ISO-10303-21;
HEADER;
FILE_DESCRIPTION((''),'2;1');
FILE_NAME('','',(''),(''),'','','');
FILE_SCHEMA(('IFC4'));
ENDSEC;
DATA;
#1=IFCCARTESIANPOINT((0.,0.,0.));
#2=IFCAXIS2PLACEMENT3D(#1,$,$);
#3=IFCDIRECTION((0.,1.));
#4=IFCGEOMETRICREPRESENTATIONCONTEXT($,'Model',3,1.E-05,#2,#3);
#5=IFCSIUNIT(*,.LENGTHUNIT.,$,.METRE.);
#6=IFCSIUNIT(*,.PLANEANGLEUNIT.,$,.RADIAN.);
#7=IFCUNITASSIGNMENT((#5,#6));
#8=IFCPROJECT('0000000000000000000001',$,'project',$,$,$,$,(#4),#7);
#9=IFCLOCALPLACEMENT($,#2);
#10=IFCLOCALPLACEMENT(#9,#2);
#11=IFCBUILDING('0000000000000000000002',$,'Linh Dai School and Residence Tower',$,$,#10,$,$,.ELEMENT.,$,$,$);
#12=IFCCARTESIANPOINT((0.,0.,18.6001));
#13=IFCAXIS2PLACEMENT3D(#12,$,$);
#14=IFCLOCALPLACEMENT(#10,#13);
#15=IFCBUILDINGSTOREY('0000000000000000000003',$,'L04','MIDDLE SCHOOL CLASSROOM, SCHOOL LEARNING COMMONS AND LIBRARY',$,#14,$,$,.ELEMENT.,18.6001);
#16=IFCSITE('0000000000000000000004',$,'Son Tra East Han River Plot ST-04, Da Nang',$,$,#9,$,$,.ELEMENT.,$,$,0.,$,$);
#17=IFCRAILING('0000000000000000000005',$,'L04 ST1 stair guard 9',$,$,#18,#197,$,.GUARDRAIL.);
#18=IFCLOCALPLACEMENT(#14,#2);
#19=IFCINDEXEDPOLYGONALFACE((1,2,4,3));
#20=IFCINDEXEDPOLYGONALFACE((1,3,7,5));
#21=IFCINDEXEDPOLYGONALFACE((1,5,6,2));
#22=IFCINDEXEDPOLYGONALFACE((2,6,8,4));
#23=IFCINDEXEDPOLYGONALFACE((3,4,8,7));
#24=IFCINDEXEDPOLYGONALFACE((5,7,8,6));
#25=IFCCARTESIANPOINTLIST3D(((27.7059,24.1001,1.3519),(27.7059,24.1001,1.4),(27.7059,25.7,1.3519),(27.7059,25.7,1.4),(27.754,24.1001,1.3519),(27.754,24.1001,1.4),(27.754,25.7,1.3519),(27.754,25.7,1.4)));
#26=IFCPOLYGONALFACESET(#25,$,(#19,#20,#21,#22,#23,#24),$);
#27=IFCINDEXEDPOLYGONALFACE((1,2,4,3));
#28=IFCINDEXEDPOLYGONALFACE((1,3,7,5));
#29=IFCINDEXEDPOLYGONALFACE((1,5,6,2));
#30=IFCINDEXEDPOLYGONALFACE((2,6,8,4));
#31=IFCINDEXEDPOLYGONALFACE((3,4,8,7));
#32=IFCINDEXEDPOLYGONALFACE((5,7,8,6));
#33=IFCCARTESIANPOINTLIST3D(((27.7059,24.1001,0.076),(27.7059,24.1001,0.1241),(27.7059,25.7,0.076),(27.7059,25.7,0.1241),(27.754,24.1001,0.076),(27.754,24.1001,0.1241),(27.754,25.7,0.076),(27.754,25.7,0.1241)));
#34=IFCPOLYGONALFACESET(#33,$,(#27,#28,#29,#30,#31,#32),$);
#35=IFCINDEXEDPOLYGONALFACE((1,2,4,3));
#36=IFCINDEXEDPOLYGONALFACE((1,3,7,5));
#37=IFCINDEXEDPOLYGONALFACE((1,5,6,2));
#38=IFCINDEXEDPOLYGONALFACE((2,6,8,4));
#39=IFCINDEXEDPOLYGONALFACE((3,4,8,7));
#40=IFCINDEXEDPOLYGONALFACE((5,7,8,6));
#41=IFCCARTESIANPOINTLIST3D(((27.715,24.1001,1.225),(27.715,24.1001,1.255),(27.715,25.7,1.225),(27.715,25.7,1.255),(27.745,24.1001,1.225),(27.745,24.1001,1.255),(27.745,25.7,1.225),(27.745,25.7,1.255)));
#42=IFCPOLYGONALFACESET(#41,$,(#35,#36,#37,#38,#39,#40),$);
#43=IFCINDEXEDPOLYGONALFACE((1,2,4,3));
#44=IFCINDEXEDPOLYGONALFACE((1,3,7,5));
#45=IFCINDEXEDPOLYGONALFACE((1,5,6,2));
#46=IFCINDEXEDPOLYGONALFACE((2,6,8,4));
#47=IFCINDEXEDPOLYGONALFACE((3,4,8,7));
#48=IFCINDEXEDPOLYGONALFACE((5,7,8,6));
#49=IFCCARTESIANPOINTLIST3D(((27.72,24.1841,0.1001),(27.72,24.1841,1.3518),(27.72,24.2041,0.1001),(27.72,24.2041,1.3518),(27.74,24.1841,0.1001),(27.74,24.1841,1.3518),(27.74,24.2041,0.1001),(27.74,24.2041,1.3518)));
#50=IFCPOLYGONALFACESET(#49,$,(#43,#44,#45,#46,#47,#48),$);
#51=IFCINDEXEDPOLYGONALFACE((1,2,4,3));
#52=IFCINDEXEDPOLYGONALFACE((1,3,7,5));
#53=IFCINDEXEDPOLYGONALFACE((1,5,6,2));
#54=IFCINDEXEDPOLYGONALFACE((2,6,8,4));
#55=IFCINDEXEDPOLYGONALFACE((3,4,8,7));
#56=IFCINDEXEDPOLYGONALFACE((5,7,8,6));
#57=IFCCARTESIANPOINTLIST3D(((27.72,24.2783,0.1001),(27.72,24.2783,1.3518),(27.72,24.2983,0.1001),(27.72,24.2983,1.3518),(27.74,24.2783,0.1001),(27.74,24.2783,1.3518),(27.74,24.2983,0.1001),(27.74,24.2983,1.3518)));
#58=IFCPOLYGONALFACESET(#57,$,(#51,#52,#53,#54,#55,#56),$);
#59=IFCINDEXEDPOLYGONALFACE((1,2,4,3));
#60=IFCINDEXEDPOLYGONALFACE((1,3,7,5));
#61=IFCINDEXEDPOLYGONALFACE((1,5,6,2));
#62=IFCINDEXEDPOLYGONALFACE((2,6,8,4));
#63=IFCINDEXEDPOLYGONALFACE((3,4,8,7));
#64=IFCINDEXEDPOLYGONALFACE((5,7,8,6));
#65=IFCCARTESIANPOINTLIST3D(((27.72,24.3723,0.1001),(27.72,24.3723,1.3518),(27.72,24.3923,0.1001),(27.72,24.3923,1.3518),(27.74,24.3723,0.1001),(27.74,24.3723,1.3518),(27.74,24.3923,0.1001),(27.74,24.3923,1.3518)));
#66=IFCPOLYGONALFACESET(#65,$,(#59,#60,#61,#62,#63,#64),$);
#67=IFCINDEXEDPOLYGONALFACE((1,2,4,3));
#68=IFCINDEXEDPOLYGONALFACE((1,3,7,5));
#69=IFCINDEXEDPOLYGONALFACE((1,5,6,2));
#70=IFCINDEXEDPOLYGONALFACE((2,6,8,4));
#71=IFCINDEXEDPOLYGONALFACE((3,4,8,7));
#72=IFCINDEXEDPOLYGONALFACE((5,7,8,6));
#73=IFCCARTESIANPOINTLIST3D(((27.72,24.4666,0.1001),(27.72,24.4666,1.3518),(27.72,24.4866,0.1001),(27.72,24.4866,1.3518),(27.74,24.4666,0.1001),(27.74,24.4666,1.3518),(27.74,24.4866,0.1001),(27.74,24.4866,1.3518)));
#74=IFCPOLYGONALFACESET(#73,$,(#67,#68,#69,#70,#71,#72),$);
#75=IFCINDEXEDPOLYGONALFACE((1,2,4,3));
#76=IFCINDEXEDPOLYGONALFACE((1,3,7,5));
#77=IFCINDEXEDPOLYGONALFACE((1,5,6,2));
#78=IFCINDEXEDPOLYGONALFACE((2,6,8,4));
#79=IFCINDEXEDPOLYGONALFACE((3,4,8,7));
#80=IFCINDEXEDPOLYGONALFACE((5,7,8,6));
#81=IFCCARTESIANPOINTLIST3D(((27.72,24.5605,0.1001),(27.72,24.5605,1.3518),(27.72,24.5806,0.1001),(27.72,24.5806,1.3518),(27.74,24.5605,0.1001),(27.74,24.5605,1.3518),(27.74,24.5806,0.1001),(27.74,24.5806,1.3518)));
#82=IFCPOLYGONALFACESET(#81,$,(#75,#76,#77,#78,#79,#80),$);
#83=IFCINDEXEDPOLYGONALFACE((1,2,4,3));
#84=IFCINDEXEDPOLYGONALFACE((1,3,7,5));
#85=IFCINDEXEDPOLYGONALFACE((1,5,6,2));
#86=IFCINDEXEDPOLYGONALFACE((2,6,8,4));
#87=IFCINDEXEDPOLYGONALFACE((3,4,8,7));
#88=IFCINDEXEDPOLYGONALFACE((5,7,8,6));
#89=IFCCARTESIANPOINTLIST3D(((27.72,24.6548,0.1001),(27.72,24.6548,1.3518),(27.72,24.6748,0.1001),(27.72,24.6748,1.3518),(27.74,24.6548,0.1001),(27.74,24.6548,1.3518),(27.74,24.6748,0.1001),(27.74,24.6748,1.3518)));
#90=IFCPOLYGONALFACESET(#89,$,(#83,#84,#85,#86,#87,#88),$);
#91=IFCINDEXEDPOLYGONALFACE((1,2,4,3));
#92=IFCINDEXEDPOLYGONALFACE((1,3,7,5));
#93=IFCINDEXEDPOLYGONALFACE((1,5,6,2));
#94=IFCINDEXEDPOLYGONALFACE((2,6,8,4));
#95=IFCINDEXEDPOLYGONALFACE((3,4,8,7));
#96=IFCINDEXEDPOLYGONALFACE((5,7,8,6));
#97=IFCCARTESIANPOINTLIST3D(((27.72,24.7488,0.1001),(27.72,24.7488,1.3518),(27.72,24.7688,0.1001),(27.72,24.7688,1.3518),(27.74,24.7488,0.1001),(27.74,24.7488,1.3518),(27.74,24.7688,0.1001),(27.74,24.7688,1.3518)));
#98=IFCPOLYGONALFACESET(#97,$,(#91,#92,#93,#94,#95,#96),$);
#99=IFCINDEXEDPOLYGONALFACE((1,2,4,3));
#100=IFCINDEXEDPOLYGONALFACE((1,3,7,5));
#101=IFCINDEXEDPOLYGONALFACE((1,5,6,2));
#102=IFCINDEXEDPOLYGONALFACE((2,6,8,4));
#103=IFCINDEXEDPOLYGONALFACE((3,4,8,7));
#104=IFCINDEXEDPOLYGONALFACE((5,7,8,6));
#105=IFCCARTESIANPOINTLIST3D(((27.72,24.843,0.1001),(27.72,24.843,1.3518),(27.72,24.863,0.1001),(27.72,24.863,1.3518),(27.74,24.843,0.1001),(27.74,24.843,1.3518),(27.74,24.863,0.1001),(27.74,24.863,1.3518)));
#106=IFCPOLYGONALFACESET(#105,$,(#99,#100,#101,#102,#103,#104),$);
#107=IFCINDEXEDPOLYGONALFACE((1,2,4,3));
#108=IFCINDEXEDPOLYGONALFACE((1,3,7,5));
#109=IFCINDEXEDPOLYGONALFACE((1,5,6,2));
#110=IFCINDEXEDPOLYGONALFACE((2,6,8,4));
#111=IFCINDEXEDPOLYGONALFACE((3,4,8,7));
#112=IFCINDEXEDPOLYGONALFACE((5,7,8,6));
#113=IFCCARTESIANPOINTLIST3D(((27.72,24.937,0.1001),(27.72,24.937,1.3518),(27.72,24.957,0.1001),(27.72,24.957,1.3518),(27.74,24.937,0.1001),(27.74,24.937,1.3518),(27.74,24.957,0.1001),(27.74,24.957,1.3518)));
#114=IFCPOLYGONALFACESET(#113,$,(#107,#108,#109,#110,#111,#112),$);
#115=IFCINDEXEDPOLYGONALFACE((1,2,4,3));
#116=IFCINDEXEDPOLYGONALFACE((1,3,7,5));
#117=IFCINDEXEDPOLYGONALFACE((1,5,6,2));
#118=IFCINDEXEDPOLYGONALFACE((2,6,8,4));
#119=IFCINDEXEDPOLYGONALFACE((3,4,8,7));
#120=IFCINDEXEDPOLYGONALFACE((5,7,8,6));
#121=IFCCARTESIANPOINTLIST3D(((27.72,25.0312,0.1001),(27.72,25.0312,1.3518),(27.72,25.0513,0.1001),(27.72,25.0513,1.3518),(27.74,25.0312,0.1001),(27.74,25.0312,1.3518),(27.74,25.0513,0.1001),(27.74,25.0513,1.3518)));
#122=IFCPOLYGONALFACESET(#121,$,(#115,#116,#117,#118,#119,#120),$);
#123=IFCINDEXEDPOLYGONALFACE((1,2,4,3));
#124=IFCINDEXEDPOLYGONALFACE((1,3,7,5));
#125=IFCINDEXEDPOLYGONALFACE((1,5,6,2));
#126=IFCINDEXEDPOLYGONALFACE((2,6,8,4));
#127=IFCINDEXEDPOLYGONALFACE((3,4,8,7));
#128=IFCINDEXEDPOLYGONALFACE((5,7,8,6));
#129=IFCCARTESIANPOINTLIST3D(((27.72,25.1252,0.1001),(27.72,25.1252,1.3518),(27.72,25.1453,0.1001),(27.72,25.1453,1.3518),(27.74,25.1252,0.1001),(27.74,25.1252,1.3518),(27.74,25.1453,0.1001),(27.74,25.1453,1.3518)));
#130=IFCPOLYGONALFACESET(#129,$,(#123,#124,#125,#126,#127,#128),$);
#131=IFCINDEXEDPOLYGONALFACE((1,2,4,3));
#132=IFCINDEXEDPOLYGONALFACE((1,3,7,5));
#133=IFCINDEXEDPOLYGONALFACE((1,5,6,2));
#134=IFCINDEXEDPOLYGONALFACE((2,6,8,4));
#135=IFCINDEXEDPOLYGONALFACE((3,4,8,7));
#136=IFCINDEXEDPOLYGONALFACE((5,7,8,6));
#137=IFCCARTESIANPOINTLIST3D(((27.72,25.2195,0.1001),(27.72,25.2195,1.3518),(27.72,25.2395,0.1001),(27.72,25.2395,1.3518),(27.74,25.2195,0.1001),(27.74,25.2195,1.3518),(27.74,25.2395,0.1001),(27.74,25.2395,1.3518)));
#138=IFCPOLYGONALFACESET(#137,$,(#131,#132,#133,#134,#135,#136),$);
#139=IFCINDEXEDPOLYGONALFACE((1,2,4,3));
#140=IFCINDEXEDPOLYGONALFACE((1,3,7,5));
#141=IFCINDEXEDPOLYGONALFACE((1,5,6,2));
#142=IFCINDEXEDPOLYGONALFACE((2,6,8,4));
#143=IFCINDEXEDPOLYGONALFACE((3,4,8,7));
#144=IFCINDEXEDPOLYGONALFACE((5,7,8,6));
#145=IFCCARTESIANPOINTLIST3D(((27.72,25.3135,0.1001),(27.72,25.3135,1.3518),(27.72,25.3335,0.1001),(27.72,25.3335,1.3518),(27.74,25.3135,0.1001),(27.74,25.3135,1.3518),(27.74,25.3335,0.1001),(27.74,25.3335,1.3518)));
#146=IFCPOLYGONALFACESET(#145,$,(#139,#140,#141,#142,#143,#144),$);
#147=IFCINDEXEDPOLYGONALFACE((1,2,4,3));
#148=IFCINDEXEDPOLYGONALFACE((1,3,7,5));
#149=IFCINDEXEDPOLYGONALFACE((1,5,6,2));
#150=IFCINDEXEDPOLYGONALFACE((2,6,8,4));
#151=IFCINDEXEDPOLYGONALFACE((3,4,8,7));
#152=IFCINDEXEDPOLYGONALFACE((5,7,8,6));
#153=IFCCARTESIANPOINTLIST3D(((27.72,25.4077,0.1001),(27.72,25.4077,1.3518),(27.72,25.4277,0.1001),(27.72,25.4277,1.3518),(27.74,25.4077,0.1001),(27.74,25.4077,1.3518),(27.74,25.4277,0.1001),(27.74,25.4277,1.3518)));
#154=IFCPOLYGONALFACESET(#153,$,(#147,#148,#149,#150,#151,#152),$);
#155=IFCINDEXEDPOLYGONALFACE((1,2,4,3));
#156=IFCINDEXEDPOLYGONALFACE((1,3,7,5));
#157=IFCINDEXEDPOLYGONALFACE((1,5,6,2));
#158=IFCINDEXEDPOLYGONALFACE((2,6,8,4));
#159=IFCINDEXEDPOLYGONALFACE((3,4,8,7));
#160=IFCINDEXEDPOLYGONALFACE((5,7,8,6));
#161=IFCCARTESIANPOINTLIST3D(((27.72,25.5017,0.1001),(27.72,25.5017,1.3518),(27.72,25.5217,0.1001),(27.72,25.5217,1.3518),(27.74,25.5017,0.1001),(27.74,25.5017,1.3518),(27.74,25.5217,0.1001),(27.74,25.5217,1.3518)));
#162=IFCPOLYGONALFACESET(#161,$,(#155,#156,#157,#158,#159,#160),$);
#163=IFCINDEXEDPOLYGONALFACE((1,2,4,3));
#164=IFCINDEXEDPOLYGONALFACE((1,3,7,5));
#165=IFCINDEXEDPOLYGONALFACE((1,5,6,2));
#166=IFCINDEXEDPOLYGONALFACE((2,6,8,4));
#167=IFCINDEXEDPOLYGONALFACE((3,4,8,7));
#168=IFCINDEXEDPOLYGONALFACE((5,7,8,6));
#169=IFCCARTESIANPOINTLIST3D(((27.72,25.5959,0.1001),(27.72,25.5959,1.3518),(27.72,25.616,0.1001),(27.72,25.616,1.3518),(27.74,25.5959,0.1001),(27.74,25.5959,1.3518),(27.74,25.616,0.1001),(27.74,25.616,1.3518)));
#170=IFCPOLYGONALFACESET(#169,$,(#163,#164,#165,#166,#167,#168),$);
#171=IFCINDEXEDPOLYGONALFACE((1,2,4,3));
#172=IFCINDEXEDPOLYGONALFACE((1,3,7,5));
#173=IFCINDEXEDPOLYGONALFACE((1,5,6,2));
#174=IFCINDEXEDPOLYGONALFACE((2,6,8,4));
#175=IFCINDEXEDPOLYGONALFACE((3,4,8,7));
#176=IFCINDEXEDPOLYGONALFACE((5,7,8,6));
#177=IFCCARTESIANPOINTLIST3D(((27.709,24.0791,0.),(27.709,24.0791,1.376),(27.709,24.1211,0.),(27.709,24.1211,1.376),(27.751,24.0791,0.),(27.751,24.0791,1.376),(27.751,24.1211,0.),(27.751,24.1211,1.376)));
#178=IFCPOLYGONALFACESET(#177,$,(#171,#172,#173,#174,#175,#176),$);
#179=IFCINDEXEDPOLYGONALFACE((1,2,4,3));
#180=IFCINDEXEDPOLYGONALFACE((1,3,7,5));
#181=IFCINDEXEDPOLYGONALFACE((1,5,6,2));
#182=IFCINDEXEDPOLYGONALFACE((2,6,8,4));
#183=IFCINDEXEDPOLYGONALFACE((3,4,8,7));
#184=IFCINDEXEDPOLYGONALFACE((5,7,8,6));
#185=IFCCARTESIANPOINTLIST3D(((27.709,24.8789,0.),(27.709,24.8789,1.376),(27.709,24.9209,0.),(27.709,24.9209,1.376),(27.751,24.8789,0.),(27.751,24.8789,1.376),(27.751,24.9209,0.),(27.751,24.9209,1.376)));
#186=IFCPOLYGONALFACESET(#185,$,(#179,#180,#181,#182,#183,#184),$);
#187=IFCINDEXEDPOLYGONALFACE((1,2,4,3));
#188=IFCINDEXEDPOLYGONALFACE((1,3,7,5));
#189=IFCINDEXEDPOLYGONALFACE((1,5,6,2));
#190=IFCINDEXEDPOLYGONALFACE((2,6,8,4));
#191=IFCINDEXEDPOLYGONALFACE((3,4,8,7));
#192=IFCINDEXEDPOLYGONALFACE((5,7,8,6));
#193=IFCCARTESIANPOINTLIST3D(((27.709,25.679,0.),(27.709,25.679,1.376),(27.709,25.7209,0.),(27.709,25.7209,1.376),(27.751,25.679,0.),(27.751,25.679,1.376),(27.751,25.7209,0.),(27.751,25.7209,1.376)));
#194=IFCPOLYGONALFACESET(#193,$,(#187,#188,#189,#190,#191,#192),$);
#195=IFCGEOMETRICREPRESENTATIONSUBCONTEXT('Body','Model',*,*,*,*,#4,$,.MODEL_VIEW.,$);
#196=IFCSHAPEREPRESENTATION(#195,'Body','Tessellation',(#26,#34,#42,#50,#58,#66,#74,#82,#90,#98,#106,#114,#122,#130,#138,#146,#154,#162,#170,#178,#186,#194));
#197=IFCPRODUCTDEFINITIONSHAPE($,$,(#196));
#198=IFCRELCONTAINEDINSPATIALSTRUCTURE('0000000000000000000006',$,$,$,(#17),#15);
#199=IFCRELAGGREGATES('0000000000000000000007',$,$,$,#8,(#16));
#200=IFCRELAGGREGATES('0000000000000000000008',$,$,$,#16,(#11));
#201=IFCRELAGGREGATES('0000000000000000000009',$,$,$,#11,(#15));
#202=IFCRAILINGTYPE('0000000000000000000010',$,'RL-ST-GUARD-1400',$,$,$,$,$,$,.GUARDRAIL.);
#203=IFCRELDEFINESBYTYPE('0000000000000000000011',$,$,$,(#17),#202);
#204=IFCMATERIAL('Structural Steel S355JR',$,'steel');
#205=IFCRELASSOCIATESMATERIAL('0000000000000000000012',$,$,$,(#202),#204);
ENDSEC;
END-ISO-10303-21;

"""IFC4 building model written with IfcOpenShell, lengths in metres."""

from ifc_helpers import new_model, si_unit, direction, frame, origin, origin_2d, place, context, subcontext, project, spatial, rectangle, extrude, source, transform, mapped, material, type_object, element, save


model = new_model("IFC4")

# Units and contexts
model_context = context("Model", 3, precision=1e-05, world=origin(), true_north=direction((0.0, 1.0)))
body_context = subcontext(model_context, "Body", "Model", "MODEL_VIEW")
ifc_project = project(units=[si_unit("LENGTHUNIT", "METRE"), si_unit("PLANEANGLEUNIT", "RADIAN")], contexts=[model_context])

# Site, building, storey
site_placement = place(None, origin())
site = spatial("IfcSite", under=ifc_project, at=site_placement, Name="Son Tra East Han River Plot ST-04, Da Nang", CompositionType="ELEMENT", RefElevation=0.0)
building_placement = place(site_placement, origin())
building = spatial("IfcBuilding", under=site, at=building_placement, Name="Linh Dai School and Residence Tower", CompositionType="ELEMENT")
storey_placement = place(building_placement, frame((0.0, 0.0, 18.6001)))
storey = spatial("IfcBuildingStorey", under=building, at=storey_placement, Name="L04", Description="MIDDLE SCHOOL CLASSROOM, SCHOOL LEARNING COMMONS AND LIBRARY", CompositionType="ELEMENT", Elevation=18.6001)

# Shared definitions
ifc_material_1 = material(Name="Structural Steel S355JR", Category="steel")

# Railing
railing_type = type_object("IfcRailingType", Name="RL-ST-GUARD-1400", PredefinedType="GUARDRAIL", material=ifc_material_1)
shared_shape_1 = source(origin(), body_context, "Body", "SweptSolid", [
    extrude(rectangle(XDim=0.0481, YDim=0.0481, at=origin_2d()), frame((0.0, 0.0, 1.376), z_axis=(0.0, 1.0, 0.0), x_axis=(-1.0, 0.0, 0.0)), (0.0, 0.0, 1.0), 1.5999),
    extrude(rectangle(XDim=0.0481, YDim=0.0481, at=origin_2d()), frame((0.0, 0.0, 0.1001), z_axis=(0.0, 1.0, 0.0), x_axis=(-1.0, 0.0, 0.0)), (0.0, 0.0, 1.0), 1.5999),
    extrude(rectangle(XDim=0.03, YDim=0.03, at=origin_2d()), frame((0.0, 0.0, 1.24), z_axis=(0.0, 1.0, 0.0), x_axis=(-1.0, 0.0, 0.0)), (0.0, 0.0, 1.0), 1.5999),
    extrude(rectangle(XDim=0.02, YDim=0.02, at=origin_2d()), frame((0.0, 0.094, 0.1001)), (0.0, 0.0, 1.0), 1.2517),
    extrude(rectangle(XDim=0.02, YDim=0.02, at=origin_2d()), frame((0.0, 0.1882, 0.1001)), (0.0, 0.0, 1.0), 1.2517),
    extrude(rectangle(XDim=0.02, YDim=0.02, at=origin_2d()), frame((0.0, 0.2822, 0.1001)), (0.0, 0.0, 1.0), 1.2517),
    extrude(rectangle(XDim=0.02, YDim=0.02, at=origin_2d()), frame((0.0, 0.3765, 0.1001)), (0.0, 0.0, 1.0), 1.2517),
    extrude(rectangle(XDim=0.02, YDim=0.02, at=origin_2d()), frame((0.0, 0.4705, 0.1001)), (0.0, 0.0, 1.0), 1.2517),
    extrude(rectangle(XDim=0.02, YDim=0.02, at=origin_2d()), frame((0.0, 0.5647, 0.1001)), (0.0, 0.0, 1.0), 1.2517),
    extrude(rectangle(XDim=0.02, YDim=0.02, at=origin_2d()), frame((0.0, 0.6587, 0.1001)), (0.0, 0.0, 1.0), 1.2517),
    extrude(rectangle(XDim=0.02, YDim=0.02, at=origin_2d()), frame((0.0, 0.7529, 0.1001)), (0.0, 0.0, 1.0), 1.2517),
    extrude(rectangle(XDim=0.02, YDim=0.02, at=origin_2d()), frame((0.0, 0.8469, 0.1001)), (0.0, 0.0, 1.0), 1.2517),
    extrude(rectangle(XDim=0.02, YDim=0.02, at=origin_2d()), frame((0.0, 0.9412, 0.1001)), (0.0, 0.0, 1.0), 1.2517),
    extrude(rectangle(XDim=0.02, YDim=0.02, at=origin_2d()), frame((0.0, 1.0352, 0.1001)), (0.0, 0.0, 1.0), 1.2517),
    extrude(rectangle(XDim=0.02, YDim=0.02, at=origin_2d()), frame((0.0, 1.1294, 0.1001)), (0.0, 0.0, 1.0), 1.2517),
    extrude(rectangle(XDim=0.02, YDim=0.02, at=origin_2d()), frame((0.0, 1.2234, 0.1001)), (0.0, 0.0, 1.0), 1.2517),
    extrude(rectangle(XDim=0.02, YDim=0.02, at=origin_2d()), frame((0.0, 1.3176, 0.1001)), (0.0, 0.0, 1.0), 1.2517),
    extrude(rectangle(XDim=0.02, YDim=0.02, at=origin_2d()), frame((0.0, 1.4116, 0.1001)), (0.0, 0.0, 1.0), 1.2517),
    extrude(rectangle(XDim=0.02, YDim=0.02, at=origin_2d()), frame((0.0, 1.5059, 0.1001)), (0.0, 0.0, 1.0), 1.2517),
    extrude(rectangle(XDim=0.042, YDim=0.042, at=origin_2d()), origin(), (0.0, 0.0, 1.0), 1.376),
    extrude(rectangle(XDim=0.042, YDim=0.042, at=origin_2d()), frame((0.0, 0.7998, 0.0)), (0.0, 0.0, 1.0), 1.376),
    extrude(rectangle(XDim=0.042, YDim=0.042, at=origin_2d()), frame((0.0, 1.5999, 0.0)), (0.0, 0.0, 1.0), 1.376),
])
railing_placement = place(storey_placement, frame((27.73, 24.1001, 0.0)))
element("IfcRailing", 1, at=railing_placement, inside=storey, type_object=railing_type, Name="L04 ST1 stair guard 9", PredefinedType="GUARDRAIL", context=body_context, shape_type="MappedRepresentation", body=[
    mapped(shared_shape_1, transform((0.0, 0.0, 0.0), x_axis=(1.0, 0.0, 0.0), y_axis=(0.0, 1.0, 0.0), z_axis=(0.0, 0.0, 1.0), scale=1.0)),
])

save(model, "model.ifc")
